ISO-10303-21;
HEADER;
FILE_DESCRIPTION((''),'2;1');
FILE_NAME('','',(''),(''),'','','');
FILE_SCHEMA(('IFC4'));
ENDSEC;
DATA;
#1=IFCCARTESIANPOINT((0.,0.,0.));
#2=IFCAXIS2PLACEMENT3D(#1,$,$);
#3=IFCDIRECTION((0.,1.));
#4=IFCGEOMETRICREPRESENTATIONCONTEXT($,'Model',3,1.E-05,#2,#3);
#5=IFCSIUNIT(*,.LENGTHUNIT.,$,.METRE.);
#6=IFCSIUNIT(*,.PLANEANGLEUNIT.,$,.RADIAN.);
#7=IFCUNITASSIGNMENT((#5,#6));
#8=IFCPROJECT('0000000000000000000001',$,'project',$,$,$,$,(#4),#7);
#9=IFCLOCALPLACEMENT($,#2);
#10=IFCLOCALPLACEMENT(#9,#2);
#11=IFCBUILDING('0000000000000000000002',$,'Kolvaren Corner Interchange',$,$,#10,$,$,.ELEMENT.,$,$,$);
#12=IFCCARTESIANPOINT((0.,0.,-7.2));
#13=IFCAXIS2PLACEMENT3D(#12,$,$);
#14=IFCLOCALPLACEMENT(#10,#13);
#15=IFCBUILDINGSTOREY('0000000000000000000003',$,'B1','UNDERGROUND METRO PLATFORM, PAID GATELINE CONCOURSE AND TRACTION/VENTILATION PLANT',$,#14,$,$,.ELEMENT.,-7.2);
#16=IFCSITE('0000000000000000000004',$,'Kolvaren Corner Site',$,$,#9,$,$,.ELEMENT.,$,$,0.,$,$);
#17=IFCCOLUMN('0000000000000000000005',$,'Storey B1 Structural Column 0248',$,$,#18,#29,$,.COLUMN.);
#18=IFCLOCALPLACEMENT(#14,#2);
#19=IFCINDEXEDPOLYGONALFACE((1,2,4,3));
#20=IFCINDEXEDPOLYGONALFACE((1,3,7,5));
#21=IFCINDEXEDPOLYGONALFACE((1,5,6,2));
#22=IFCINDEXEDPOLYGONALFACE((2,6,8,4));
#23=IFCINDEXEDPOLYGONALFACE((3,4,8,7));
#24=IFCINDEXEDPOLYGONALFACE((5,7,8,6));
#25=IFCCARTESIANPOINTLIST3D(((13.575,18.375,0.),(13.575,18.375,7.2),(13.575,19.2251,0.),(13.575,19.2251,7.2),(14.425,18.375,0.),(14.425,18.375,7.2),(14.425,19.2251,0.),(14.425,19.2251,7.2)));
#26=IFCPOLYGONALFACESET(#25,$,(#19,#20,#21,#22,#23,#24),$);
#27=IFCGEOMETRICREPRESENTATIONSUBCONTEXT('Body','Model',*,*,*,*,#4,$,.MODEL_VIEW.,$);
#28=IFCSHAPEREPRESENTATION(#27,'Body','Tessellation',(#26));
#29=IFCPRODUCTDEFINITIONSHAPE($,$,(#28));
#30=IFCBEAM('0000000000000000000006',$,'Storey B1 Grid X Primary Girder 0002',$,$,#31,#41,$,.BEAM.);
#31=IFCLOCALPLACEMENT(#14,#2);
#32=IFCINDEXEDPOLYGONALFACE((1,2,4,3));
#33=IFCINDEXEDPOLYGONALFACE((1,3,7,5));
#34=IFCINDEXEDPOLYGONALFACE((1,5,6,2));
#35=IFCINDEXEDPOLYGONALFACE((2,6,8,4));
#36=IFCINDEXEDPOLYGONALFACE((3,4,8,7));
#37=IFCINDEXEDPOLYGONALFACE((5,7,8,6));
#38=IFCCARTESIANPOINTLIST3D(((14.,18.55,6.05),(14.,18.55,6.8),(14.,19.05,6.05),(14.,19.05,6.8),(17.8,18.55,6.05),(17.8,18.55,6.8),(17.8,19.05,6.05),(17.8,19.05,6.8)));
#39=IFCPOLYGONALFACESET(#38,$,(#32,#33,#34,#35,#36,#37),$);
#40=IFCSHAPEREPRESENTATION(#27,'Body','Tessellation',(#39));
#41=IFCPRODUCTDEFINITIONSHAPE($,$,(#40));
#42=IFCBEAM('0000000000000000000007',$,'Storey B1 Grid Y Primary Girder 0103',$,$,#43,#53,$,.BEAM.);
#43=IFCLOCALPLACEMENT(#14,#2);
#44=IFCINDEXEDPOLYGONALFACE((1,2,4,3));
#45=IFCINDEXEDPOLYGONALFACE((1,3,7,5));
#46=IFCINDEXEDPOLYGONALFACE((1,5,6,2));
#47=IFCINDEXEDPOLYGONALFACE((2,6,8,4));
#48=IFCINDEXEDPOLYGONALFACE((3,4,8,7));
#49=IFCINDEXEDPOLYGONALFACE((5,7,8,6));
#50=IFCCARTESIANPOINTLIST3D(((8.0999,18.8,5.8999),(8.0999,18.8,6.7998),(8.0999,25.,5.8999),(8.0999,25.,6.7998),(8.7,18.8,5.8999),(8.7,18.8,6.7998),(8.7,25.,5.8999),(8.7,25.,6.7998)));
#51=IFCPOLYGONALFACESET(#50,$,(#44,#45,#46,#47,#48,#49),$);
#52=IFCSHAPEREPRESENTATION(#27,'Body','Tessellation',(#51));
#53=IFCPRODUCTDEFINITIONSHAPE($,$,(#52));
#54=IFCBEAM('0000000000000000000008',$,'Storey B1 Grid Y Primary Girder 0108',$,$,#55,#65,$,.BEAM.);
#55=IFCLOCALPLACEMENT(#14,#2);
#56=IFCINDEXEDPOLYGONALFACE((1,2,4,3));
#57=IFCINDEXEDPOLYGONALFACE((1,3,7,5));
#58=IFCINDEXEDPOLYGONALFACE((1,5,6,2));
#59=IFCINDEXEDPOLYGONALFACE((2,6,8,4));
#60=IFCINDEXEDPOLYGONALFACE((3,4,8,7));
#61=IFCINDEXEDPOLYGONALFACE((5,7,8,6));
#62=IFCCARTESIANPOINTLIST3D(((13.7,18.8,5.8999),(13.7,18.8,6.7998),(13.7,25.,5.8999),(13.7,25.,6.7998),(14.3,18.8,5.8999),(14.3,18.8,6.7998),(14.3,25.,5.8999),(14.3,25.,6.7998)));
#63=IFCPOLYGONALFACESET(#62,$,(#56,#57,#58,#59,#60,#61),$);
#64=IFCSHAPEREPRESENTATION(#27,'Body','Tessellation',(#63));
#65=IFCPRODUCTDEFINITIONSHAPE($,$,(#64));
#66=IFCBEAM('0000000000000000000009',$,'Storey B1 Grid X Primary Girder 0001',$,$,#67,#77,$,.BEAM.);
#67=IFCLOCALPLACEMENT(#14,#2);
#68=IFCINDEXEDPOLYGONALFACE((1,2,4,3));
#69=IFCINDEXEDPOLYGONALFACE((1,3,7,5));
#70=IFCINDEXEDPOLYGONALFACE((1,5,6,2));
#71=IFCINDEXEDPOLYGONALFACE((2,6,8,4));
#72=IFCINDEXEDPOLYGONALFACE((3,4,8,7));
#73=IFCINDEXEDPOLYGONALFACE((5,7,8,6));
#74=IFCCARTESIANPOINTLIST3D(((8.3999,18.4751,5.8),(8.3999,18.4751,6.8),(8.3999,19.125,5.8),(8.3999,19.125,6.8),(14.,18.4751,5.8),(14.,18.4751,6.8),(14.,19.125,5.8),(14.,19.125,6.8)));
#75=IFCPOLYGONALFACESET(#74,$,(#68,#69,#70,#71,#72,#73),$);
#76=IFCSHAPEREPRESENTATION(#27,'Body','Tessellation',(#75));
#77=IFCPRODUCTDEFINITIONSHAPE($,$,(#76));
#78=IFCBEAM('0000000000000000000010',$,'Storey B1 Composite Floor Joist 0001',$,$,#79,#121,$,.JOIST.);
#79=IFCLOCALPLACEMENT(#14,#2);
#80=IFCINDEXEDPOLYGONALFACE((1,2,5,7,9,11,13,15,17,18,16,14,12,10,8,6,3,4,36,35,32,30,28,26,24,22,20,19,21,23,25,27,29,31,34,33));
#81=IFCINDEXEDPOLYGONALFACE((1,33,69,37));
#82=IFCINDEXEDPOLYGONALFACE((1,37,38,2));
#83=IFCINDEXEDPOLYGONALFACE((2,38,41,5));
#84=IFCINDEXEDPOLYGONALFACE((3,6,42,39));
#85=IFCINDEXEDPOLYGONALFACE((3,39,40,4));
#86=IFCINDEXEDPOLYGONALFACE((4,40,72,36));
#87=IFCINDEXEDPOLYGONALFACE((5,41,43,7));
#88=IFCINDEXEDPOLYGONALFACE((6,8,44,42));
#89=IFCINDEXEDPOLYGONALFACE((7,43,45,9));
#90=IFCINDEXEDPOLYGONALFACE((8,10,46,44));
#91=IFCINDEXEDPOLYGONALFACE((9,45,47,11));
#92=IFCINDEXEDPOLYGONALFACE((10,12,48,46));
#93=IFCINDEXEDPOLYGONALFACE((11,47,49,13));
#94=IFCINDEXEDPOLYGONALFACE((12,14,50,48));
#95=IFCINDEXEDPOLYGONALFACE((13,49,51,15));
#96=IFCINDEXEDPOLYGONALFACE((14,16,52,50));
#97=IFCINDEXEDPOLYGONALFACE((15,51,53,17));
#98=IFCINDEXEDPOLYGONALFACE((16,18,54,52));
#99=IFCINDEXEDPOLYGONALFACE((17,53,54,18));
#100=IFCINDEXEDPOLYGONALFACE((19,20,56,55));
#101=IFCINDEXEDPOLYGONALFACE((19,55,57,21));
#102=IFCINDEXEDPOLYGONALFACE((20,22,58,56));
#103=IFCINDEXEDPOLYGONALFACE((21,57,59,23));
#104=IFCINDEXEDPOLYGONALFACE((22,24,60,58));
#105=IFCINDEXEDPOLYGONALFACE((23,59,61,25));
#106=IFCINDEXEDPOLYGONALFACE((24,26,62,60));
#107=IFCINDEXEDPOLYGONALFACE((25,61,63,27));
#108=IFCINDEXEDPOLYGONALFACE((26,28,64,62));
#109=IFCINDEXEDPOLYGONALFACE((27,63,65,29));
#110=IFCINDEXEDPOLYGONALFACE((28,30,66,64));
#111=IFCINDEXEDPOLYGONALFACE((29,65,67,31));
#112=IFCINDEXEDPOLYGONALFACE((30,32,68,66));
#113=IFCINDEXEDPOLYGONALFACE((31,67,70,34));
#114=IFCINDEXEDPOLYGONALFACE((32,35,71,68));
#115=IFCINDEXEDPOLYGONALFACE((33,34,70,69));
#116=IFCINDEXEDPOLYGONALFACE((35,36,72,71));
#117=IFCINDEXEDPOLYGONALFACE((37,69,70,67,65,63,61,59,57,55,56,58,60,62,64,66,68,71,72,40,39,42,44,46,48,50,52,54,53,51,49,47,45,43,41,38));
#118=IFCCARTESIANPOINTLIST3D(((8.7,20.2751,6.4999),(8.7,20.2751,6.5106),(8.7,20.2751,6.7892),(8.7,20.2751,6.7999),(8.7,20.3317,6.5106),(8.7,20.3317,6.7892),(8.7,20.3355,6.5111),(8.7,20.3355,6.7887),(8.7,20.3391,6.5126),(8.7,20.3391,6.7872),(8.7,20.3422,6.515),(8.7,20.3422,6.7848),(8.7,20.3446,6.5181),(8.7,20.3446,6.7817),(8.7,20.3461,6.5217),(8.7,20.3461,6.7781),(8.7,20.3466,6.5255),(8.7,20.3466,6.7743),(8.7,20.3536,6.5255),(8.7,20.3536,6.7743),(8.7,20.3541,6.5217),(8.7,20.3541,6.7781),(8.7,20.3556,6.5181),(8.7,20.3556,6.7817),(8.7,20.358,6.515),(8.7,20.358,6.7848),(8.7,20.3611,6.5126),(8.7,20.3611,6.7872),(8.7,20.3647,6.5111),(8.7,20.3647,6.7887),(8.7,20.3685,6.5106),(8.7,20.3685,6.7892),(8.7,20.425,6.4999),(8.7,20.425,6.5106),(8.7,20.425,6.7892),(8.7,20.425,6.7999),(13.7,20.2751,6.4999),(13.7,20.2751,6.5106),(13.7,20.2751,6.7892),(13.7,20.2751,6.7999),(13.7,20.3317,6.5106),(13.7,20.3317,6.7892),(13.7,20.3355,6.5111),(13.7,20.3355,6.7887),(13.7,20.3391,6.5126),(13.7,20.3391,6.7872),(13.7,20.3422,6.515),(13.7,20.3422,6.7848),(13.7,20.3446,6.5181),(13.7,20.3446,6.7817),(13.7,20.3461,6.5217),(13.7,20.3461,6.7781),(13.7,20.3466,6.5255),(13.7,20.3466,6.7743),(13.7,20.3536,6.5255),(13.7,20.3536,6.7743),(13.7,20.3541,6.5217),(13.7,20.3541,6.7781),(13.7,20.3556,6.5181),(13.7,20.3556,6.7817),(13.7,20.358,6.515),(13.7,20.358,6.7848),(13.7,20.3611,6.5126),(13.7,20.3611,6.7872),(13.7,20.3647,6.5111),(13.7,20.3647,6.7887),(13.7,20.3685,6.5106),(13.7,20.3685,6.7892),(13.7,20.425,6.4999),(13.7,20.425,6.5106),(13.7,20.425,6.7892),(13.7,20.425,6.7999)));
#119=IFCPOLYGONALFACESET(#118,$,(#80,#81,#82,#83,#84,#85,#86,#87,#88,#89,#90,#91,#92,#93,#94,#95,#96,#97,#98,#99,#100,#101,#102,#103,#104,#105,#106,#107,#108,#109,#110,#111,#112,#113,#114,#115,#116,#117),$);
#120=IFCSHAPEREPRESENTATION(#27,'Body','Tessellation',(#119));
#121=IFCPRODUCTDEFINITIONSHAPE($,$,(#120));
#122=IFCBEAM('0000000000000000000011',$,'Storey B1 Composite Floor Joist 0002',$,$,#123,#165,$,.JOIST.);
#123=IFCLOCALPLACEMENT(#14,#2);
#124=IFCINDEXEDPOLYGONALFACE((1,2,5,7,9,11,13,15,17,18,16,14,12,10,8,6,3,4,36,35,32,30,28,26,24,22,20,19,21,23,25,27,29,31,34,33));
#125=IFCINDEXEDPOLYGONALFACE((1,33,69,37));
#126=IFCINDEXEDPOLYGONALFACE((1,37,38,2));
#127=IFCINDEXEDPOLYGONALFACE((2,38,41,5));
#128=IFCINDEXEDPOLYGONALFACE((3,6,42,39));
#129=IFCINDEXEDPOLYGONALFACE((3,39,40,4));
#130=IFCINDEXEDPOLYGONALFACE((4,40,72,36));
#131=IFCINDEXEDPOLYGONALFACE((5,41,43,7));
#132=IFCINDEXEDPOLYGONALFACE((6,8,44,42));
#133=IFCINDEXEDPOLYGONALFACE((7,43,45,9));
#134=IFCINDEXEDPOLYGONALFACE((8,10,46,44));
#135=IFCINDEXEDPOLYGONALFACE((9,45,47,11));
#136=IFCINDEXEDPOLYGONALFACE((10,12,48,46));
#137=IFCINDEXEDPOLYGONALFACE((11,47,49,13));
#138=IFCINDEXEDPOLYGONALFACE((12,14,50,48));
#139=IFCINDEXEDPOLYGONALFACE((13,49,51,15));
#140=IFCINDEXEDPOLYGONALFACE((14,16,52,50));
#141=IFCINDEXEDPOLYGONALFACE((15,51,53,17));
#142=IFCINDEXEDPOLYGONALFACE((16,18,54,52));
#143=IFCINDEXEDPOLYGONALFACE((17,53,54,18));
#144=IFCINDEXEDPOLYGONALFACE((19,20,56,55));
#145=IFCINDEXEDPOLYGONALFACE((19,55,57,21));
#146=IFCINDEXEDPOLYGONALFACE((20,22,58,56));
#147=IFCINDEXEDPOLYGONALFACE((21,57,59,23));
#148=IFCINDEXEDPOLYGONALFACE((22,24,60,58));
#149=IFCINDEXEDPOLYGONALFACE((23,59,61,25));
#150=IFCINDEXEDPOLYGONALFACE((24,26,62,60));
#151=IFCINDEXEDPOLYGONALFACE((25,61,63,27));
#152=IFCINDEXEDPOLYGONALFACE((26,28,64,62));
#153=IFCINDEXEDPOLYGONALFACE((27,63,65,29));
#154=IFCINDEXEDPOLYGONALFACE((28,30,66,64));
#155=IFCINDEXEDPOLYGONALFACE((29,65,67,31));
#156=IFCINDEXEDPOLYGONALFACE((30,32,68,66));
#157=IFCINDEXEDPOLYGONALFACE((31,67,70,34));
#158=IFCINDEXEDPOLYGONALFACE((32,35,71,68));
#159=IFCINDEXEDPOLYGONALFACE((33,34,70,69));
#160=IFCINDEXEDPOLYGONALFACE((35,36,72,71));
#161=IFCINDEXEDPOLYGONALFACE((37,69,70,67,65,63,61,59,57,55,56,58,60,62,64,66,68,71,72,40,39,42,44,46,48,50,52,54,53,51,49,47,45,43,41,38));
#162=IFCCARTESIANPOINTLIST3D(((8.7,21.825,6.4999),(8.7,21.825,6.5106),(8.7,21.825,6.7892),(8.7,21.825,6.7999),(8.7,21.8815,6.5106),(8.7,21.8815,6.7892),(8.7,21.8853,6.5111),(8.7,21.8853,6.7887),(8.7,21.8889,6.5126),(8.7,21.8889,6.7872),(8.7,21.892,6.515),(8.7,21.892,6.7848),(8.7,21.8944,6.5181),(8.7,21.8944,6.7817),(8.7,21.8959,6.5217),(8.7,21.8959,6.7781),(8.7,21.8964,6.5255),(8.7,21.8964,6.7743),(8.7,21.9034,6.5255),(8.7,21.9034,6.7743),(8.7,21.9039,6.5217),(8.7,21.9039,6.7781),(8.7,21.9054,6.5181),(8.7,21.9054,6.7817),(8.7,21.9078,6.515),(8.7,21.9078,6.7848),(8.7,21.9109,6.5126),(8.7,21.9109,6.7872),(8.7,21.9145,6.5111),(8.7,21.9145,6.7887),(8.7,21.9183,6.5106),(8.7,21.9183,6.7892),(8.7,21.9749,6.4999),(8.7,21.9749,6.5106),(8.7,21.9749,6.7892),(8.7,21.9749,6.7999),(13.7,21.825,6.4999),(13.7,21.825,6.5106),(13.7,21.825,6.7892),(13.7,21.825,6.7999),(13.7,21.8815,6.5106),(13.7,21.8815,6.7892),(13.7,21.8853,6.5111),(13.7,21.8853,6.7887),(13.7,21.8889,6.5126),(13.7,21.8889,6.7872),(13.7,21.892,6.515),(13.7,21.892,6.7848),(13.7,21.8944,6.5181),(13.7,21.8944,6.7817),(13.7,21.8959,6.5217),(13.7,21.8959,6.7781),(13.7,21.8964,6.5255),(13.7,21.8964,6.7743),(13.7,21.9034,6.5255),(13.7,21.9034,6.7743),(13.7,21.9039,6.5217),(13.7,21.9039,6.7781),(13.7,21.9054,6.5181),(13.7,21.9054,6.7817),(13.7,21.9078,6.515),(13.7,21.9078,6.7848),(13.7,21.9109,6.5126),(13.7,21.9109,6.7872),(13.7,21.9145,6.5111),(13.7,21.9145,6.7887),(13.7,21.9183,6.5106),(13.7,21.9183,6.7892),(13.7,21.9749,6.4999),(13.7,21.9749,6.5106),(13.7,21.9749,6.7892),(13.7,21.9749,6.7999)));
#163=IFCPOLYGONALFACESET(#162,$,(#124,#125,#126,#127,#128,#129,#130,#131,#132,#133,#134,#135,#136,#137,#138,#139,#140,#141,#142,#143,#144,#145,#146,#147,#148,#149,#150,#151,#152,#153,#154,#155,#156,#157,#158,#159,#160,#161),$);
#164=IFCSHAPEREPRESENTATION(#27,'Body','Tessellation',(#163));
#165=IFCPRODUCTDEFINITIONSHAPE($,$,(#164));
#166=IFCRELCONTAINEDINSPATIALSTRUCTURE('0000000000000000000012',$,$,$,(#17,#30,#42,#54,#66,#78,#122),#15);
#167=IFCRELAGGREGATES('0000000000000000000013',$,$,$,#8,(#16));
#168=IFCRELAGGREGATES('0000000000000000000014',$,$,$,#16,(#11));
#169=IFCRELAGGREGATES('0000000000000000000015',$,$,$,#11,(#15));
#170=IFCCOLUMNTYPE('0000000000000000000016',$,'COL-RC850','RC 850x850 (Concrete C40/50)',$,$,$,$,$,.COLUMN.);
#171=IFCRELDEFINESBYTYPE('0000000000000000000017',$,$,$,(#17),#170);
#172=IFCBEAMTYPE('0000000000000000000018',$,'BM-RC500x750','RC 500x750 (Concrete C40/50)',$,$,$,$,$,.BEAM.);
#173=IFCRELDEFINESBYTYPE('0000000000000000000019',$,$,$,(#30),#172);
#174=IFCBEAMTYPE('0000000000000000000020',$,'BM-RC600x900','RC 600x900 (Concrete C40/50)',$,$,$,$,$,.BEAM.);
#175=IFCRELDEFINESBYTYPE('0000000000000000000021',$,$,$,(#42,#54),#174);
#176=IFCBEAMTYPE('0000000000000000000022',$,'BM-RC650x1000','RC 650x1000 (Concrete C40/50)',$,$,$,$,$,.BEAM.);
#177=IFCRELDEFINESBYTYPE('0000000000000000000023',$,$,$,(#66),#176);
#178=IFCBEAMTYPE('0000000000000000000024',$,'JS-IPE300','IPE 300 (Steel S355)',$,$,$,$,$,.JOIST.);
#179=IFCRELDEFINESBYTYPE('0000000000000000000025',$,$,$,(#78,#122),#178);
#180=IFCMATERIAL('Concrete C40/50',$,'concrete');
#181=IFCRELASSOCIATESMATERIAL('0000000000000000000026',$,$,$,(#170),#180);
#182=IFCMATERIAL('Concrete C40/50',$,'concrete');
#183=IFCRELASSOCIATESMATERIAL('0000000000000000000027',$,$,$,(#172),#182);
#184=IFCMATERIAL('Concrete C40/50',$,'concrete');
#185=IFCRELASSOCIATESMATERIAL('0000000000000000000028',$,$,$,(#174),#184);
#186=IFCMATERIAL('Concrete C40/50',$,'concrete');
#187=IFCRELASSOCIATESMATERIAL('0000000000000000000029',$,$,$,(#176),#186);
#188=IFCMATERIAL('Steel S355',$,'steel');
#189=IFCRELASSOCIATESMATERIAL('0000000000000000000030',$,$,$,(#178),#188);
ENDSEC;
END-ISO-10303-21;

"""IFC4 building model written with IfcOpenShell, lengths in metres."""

from ifc_helpers import new_model, si_unit, direction, frame, origin, origin_2d, place, context, subcontext, project, spatial, rectangle, i_section, extrude, material, material_profile, profile_set, type_object, element, save


model = new_model("IFC4")

# Units and contexts
model_context = context("Model", 3, precision=1e-05, world=origin(), true_north=direction((0.0, 1.0)))
body_context = subcontext(model_context, "Body", "Model", "MODEL_VIEW")
ifc_project = project(units=[si_unit("LENGTHUNIT", "METRE"), si_unit("PLANEANGLEUNIT", "RADIAN")], contexts=[model_context])

# Site, building, storey
site_placement = place(None, origin())
site = spatial("IfcSite", under=ifc_project, at=site_placement, Name="Kolvaren Corner Site", CompositionType="ELEMENT", RefElevation=0.0)
building_placement = place(site_placement, origin())
building = spatial("IfcBuilding", under=site, at=building_placement, Name="Kolvaren Corner Interchange", CompositionType="ELEMENT")
storey_placement = place(building_placement, frame((0.0, 0.0, -7.2)))
storey = spatial("IfcBuildingStorey", under=building, at=storey_placement, Name="B1", Description="UNDERGROUND METRO PLATFORM, PAID GATELINE CONCOURSE AND TRACTION/VENTILATION PLANT", CompositionType="ELEMENT", Elevation=-7.2)

# Column
ifc_material_1 = material(Name="Concrete C40/50", Category="concrete")
ifc_material_profile_1 = material_profile(ifc_material_1, rectangle(XDim=0.8501, YDim=0.8501, at=origin_2d()), Name="RC 850x850")
ifc_profile_set_1 = profile_set([ifc_material_profile_1], Name="Concrete C40/50")
column_type_1 = type_object("IfcColumnType", Name="COL-RC850", Description="RC 850x850 (Concrete C40/50)", PredefinedType="COLUMN", material=ifc_profile_set_1)
column_placement = place(storey_placement, frame((14.0, 18.8, 0.0), z_axis=(0.0, 0.0, 1.0), x_axis=(1.0, 0.0, 0.0)))
element("IfcColumn", 1, at=column_placement, inside=storey, type_object=column_type_1, Name="Storey B1 Structural Column 0248", PredefinedType="COLUMN", context=body_context, shape_type="SweptSolid", body=[
    extrude(rectangle(XDim=0.8501, YDim=0.8501, at=origin_2d()), origin(), (0.0, 0.0, 1.0), 7.2),
])

# Beams
ifc_material_2 = material(Name="Concrete C40/50", Category="concrete")
ifc_material_profile_2 = material_profile(ifc_material_2, rectangle(XDim=0.5, YDim=0.75, at=origin_2d()), Name="RC 500x750")
ifc_profile_set_2 = profile_set([ifc_material_profile_2], Name="Concrete C40/50")
beam_type_1 = type_object("IfcBeamType", Name="BM-RC500x750", Description="RC 500x750 (Concrete C40/50)", PredefinedType="BEAM", material=ifc_profile_set_2)
beam_1_placement = place(storey_placement, frame((14.0, 18.8, 6.425), z_axis=(1.0, 0.0, 0.0), x_axis=(0.0, 1.0, 0.0)))
element("IfcBeam", 2, at=beam_1_placement, inside=storey, type_object=beam_type_1, Name="Storey B1 Grid X Primary Girder 0002", PredefinedType="BEAM", context=body_context, shape_type="SweptSolid", body=[
    extrude(rectangle(XDim=0.5, YDim=0.75, at=origin_2d()), origin(), (0.0, 0.0, 1.0), 3.8),
])
ifc_material_3 = material(Name="Concrete C40/50", Category="concrete")
ifc_material_profile_3 = material_profile(ifc_material_3, rectangle(XDim=0.6001, YDim=0.8999, at=origin_2d()), Name="RC 600x900")
ifc_profile_set_3 = profile_set([ifc_material_profile_3], Name="Concrete C40/50")
beam_type_2 = type_object("IfcBeamType", Name="BM-RC600x900", Description="RC 600x900 (Concrete C40/50)", PredefinedType="BEAM", material=ifc_profile_set_3)
for number, where, z_axis, x_axis, name in (
    (3, (8.3999, 18.8, 6.3499), (0.0, 1.0, 0.0), (-1.0, 0.0, 0.0), "Storey B1 Grid Y Primary Girder 0103"),
    (4, (14.0, 18.8, 6.3499), (0.0, 1.0, 0.0), (-1.0, 0.0, 0.0), "Storey B1 Grid Y Primary Girder 0108"),
):
    element("IfcBeam", number, at=place(storey_placement, frame(where, z_axis=z_axis, x_axis=x_axis)), inside=storey, type_object=beam_type_2, Name=name, PredefinedType="BEAM", context=body_context, shape_type="SweptSolid", body=[
        extrude(rectangle(XDim=0.6001, YDim=0.8999, at=origin_2d()), origin(), (0.0, 0.0, 1.0), 6.2),
    ])
ifc_material_4 = material(Name="Concrete C40/50", Category="concrete")
ifc_material_profile_4 = material_profile(ifc_material_4, rectangle(XDim=0.6499, YDim=1.0, at=origin_2d()), Name="RC 650x1000")
ifc_profile_set_4 = profile_set([ifc_material_profile_4], Name="Concrete C40/50")
beam_type_3 = type_object("IfcBeamType", Name="BM-RC650x1000", Description="RC 650x1000 (Concrete C40/50)", PredefinedType="BEAM", material=ifc_profile_set_4)
beam_2_placement = place(storey_placement, frame((8.3999, 18.8, 6.3), z_axis=(1.0, 0.0, 0.0), x_axis=(0.0, 1.0, 0.0)))
element("IfcBeam", 5, at=beam_2_placement, inside=storey, type_object=beam_type_3, Name="Storey B1 Grid X Primary Girder 0001", PredefinedType="BEAM", context=body_context, shape_type="SweptSolid", body=[
    extrude(rectangle(XDim=0.6499, YDim=1.0, at=origin_2d()), origin(), (0.0, 0.0, 1.0), 5.6001),
])
ifc_material_5 = material(Name="Steel S355", Category="steel")
ifc_material_profile_5 = material_profile(ifc_material_5, i_section(OverallWidth=0.1499, OverallDepth=0.3, WebThickness=0.0071, FlangeThickness=0.0107, FilletRadius=0.0149, at=origin_2d()), Name="IPE 300")
ifc_profile_set_5 = profile_set([ifc_material_profile_5], Name="Steel S355")
beam_type_4 = type_object("IfcBeamType", Name="JS-IPE300", Description="IPE 300 (Steel S355)", PredefinedType="JOIST", material=ifc_profile_set_5)
for number, where, z_axis, x_axis, name in (
    (6, (8.7, 20.3501, 6.6499), (1.0, 0.0, 0.0), (0.0, 1.0, 0.0), "Storey B1 Composite Floor Joist 0001"),
    (7, (8.7, 21.8999, 6.6499), (1.0, 0.0, 0.0), (0.0, 1.0, 0.0), "Storey B1 Composite Floor Joist 0002"),
):
    element("IfcBeam", number, at=place(storey_placement, frame(where, z_axis=z_axis, x_axis=x_axis)), inside=storey, type_object=beam_type_4, Name=name, PredefinedType="JOIST", context=body_context, shape_type="SweptSolid", body=[
        extrude(i_section(OverallWidth=0.1499, OverallDepth=0.3, WebThickness=0.0071, FlangeThickness=0.0107, FilletRadius=0.0149, at=origin_2d()), origin(), (0.0, 0.0, 1.0), 5.0),
    ])

save(model, "model.ifc")
